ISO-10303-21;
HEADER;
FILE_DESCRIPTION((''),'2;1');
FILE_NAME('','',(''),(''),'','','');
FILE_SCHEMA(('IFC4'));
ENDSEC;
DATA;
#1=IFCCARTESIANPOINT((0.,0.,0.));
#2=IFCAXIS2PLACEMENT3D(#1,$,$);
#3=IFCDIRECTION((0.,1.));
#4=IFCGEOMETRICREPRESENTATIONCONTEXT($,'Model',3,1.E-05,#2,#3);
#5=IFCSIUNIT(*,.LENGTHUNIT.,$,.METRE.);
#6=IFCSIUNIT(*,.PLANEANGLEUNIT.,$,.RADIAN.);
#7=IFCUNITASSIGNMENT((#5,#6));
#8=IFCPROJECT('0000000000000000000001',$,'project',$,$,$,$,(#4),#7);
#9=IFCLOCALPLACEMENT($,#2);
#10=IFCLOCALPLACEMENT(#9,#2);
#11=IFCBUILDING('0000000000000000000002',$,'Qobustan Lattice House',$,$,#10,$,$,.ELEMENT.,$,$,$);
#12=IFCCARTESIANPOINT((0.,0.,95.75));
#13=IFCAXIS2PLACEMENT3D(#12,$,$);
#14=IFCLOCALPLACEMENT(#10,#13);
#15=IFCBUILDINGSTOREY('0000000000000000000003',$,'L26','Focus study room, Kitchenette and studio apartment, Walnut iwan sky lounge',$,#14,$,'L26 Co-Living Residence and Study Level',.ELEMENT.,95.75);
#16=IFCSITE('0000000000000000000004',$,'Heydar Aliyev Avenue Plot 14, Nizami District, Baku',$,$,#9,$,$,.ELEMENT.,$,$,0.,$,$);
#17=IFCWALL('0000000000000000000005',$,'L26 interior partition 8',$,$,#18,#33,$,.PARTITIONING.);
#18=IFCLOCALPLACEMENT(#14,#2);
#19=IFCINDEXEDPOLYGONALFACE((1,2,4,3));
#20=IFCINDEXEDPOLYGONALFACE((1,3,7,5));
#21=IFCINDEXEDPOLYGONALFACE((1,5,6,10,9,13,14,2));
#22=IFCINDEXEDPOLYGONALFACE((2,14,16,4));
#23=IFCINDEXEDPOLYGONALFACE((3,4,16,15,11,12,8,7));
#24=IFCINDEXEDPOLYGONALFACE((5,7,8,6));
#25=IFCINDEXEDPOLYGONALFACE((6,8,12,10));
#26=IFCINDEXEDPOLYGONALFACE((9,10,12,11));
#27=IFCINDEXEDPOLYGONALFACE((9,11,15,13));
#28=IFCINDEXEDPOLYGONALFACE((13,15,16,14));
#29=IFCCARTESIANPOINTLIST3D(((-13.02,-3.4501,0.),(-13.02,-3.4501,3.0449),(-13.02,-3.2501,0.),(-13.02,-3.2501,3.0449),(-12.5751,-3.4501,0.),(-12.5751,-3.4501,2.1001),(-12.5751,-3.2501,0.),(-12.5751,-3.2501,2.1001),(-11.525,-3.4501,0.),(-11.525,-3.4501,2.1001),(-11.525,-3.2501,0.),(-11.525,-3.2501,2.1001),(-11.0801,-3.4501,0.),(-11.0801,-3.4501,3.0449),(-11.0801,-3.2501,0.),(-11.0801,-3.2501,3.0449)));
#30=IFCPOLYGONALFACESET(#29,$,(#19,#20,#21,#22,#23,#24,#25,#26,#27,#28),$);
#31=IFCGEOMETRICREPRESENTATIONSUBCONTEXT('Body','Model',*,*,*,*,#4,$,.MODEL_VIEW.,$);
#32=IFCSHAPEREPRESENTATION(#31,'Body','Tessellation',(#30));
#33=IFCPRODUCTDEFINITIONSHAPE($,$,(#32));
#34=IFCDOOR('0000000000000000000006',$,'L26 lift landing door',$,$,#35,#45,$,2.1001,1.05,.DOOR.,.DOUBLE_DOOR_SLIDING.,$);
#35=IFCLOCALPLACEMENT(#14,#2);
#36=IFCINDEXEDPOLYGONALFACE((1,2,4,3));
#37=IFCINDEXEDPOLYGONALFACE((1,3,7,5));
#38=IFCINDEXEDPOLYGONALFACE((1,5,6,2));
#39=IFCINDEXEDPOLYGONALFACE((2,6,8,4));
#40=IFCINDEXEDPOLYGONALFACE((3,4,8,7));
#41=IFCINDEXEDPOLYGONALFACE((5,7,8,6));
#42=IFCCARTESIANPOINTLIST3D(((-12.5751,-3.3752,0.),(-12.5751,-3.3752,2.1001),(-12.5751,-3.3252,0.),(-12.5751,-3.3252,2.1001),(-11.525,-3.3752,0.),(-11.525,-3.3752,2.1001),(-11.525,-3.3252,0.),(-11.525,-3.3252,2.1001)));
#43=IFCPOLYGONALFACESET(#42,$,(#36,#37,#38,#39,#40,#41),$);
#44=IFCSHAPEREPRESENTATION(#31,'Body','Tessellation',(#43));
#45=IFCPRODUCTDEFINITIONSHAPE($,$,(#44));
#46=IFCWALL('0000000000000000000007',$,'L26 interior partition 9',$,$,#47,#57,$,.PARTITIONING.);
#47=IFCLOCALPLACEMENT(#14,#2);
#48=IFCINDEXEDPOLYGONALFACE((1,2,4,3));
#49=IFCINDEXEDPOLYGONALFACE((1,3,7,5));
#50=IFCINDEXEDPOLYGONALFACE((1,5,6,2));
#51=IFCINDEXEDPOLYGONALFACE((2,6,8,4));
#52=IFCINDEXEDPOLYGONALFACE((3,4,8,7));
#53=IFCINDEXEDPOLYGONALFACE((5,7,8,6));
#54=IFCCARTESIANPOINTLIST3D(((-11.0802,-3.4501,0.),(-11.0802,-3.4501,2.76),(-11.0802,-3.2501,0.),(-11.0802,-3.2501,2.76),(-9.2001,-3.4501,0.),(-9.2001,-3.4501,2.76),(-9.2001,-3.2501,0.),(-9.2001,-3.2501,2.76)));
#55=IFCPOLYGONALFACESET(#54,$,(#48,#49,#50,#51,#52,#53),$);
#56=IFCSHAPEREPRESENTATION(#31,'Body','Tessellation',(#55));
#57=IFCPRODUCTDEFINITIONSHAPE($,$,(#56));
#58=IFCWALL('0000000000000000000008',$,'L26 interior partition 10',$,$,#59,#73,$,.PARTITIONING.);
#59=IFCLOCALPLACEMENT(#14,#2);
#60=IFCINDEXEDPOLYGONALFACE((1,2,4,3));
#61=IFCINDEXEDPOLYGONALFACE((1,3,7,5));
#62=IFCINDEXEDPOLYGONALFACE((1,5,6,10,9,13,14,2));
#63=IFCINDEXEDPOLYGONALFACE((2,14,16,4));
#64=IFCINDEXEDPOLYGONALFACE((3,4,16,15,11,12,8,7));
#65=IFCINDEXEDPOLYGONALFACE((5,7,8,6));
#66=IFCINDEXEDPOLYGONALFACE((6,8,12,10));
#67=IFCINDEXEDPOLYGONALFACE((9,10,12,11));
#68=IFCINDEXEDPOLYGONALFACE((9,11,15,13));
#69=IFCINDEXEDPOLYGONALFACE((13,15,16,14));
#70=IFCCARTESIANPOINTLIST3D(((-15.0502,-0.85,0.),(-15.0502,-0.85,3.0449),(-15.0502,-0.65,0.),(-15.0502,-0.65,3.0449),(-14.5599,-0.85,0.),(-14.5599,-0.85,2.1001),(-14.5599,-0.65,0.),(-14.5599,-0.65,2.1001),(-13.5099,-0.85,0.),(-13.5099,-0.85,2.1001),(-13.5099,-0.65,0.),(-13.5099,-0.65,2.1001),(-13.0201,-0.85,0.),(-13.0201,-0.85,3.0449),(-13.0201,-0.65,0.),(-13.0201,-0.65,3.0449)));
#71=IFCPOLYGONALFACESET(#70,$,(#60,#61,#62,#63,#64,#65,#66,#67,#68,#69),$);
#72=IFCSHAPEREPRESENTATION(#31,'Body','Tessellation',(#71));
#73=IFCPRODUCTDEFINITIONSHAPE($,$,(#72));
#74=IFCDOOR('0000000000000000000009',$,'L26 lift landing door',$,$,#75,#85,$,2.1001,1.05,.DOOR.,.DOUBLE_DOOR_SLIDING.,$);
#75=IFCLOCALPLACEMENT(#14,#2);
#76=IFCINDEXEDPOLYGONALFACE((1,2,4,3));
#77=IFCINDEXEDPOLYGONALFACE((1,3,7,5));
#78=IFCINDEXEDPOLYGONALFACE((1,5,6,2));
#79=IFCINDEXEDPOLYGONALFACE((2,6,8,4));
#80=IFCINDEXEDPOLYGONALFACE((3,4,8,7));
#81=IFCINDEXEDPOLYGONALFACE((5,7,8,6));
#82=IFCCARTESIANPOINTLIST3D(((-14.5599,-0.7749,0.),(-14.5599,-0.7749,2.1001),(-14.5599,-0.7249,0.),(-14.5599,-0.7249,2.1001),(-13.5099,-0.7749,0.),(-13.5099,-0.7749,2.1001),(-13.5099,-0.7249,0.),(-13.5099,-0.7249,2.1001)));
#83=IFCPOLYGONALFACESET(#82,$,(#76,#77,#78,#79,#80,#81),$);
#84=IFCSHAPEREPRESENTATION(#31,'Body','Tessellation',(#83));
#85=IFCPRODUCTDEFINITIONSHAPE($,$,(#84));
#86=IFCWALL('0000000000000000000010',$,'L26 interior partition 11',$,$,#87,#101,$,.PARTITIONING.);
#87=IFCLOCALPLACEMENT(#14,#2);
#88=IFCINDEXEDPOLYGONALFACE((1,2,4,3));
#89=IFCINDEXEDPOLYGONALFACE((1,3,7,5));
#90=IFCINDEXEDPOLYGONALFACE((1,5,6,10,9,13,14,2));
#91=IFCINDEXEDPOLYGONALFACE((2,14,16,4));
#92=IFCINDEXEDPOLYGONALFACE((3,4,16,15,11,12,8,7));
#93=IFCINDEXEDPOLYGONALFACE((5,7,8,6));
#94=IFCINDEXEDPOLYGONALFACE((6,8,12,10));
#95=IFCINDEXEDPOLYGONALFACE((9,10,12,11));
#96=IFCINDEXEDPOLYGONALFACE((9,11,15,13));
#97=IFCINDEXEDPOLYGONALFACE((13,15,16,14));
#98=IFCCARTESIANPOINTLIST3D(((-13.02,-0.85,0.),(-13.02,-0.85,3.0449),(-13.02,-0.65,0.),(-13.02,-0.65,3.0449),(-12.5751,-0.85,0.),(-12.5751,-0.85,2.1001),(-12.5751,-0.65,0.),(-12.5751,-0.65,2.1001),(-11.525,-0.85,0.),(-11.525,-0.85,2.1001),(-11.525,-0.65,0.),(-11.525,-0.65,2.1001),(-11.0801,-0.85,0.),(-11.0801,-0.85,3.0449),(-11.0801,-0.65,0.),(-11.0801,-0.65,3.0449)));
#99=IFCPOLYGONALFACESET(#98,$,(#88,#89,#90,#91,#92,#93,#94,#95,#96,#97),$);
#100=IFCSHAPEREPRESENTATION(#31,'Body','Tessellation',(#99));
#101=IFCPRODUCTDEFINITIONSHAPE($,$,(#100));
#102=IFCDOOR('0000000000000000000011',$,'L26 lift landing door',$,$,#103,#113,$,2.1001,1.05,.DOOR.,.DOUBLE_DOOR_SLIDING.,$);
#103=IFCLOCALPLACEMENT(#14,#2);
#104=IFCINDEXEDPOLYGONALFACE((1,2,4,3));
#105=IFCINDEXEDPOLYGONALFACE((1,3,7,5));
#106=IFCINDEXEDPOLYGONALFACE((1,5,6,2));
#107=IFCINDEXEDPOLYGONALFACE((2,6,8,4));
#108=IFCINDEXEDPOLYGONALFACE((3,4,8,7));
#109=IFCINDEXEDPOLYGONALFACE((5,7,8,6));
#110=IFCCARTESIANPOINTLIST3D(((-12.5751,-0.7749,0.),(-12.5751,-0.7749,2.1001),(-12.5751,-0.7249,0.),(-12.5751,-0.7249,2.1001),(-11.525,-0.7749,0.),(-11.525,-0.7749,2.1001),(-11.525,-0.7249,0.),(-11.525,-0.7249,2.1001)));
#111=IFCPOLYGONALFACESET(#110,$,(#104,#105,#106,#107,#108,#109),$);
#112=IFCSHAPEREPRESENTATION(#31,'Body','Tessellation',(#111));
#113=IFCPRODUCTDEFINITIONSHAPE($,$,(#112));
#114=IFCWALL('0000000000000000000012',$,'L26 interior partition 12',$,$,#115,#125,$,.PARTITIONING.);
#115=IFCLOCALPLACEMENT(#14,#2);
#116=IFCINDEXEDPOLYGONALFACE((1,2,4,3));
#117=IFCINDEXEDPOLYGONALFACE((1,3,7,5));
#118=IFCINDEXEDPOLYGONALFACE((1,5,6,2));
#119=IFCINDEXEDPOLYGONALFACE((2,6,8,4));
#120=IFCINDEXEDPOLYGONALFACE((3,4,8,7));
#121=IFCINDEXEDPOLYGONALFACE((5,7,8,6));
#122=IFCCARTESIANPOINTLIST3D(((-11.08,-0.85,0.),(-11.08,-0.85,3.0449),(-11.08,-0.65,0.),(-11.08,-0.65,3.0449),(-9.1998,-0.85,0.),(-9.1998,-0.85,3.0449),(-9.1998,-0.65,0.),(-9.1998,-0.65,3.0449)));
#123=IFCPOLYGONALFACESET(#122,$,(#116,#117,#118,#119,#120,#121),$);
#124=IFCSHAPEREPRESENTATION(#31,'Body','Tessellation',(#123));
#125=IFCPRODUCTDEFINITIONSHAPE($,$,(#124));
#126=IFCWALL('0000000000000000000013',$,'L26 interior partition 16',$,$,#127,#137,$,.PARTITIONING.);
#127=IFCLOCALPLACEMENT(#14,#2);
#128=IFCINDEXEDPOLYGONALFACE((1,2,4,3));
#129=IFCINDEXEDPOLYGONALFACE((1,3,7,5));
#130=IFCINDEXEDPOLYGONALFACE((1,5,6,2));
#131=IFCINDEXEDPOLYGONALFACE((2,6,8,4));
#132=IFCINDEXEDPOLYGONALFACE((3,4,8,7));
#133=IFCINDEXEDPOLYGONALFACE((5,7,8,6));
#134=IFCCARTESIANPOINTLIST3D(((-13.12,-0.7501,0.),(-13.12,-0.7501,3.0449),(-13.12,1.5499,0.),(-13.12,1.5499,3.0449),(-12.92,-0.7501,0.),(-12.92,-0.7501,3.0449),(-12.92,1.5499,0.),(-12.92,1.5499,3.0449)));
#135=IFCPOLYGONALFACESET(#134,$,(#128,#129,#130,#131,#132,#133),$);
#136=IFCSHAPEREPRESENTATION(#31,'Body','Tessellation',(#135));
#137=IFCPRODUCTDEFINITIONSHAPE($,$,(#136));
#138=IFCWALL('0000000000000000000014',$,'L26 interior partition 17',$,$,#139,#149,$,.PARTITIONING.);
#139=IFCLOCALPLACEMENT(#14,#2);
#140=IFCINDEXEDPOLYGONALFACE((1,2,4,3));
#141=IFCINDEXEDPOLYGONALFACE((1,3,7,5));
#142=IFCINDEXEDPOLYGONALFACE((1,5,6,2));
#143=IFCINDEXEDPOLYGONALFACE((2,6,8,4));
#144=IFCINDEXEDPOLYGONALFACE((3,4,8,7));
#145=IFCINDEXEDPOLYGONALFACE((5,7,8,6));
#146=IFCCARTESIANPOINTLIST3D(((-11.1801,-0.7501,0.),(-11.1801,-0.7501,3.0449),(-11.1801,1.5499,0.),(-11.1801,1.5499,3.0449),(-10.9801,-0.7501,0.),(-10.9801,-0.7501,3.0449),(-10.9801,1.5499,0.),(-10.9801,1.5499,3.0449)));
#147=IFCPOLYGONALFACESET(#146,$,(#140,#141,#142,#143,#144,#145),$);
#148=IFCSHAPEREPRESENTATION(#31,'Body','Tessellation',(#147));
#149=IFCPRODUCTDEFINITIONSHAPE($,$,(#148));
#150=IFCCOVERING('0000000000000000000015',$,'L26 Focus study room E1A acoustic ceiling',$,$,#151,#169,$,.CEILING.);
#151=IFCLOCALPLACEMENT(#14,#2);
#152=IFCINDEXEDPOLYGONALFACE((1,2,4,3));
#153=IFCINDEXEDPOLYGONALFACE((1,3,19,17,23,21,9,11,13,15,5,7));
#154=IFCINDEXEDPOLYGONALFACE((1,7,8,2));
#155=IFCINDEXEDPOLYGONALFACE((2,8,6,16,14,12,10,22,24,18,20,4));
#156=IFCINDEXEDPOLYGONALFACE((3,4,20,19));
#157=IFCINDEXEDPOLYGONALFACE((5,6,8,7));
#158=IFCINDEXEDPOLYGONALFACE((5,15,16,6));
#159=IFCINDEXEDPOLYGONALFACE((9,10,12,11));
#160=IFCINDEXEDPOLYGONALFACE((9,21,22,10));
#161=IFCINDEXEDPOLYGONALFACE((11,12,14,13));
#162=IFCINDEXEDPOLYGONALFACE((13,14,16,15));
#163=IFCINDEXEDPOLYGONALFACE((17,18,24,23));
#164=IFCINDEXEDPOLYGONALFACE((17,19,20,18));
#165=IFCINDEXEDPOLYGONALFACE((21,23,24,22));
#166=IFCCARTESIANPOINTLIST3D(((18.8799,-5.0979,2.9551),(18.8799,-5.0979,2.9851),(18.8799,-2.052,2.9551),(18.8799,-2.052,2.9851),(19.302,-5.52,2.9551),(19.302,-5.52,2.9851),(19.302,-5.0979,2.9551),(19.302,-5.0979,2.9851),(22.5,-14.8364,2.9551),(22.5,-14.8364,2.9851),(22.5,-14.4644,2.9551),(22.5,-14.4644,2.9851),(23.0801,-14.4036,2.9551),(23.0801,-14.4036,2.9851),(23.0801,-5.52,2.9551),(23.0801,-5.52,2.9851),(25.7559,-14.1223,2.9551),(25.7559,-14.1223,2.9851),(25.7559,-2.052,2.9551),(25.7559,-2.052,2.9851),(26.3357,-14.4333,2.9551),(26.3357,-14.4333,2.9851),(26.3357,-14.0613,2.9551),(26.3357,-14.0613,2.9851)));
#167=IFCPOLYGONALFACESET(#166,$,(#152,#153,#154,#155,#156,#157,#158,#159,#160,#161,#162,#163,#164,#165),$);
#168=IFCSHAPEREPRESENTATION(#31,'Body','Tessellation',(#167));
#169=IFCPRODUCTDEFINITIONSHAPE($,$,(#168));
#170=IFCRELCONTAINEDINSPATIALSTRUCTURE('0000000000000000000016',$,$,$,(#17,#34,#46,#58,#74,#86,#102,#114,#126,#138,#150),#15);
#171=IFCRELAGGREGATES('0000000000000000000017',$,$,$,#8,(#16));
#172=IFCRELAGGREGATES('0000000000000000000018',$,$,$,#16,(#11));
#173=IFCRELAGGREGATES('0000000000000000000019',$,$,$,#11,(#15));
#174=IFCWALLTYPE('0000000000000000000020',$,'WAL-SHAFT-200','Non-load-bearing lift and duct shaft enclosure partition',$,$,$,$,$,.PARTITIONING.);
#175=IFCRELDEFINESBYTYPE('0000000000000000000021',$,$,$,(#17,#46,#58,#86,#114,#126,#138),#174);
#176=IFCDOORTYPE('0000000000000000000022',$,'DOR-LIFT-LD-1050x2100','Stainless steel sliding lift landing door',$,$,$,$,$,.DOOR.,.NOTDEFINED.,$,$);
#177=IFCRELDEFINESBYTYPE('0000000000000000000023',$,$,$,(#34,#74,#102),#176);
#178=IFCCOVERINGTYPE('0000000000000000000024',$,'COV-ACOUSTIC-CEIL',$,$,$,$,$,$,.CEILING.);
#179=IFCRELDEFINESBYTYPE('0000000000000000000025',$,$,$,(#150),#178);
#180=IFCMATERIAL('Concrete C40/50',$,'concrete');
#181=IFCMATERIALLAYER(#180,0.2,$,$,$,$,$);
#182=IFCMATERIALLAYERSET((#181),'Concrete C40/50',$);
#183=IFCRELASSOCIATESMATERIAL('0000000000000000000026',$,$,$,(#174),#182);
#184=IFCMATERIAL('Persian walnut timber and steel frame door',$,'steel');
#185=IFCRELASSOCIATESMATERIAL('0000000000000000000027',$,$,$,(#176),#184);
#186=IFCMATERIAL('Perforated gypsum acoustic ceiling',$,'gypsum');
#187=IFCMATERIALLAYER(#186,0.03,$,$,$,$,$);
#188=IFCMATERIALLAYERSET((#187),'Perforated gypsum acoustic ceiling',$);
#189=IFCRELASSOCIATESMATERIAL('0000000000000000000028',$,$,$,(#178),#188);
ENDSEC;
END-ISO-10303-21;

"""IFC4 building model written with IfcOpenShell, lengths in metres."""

from ifc_helpers import new_model, si_unit, direction, frame, frame_2d, origin, place, context, subcontext, project, spatial, polyline, rectangle, outline, extrude, material, layer, layer_set, type_object, element, fill, save


model = new_model("IFC4")

# Units and contexts
model_context = context("Model", 3, precision=1e-05, world=origin(), true_north=direction((0.0, 1.0)))
body_context = subcontext(model_context, "Body", "Model", "MODEL_VIEW")
ifc_project = project(units=[si_unit("LENGTHUNIT", "METRE"), si_unit("PLANEANGLEUNIT", "RADIAN")], contexts=[model_context])

# Site, building, storey
site_placement = place(None, origin())
site = spatial("IfcSite", under=ifc_project, at=site_placement, Name="Heydar Aliyev Avenue Plot 14, Nizami District, Baku", CompositionType="ELEMENT", RefElevation=0.0)
building_placement = place(site_placement, origin())
building = spatial("IfcBuilding", under=site, at=building_placement, Name="Qobustan Lattice House", CompositionType="ELEMENT")
storey_placement = place(building_placement, frame((0.0, 0.0, 95.75)))
storey = spatial("IfcBuildingStorey", under=building, at=storey_placement, Name="L26", Description="Focus study room, Kitchenette and studio apartment, Walnut iwan sky lounge", LongName="L26 Co-Living Residence and Study Level", CompositionType="ELEMENT", Elevation=95.75)

# Wall, opening, door
ifc_material_1 = material(Name="Concrete C40/50", Category="concrete")
ifc_layer_1 = layer(ifc_material_1, 0.2)
ifc_layer_set_1 = layer_set([ifc_layer_1], Name="Concrete C40/50")
wall_type_1 = type_object("IfcWallType", Name="WAL-SHAFT-200", Description="Non-load-bearing lift and duct shaft enclosure partition", PredefinedType="PARTITIONING", material=ifc_layer_set_1)
wall_1_placement = place(storey_placement, frame((-13.02, -3.3501, 0.0), z_axis=(0.0, 0.0, 1.0), x_axis=(1.0, 0.0, 0.0)))
wall_1 = element("IfcWall", 1, at=wall_1_placement, inside=storey, type_object=wall_type_1, Name="L26 interior partition 8", PredefinedType="PARTITIONING", context=body_context, shape_type="SweptSolid", body=[
    extrude(rectangle(XDim=1.9399, YDim=0.2, at=frame_2d((0.97, 0.0))), origin(), (0.0, 0.0, 1.0), 3.0449),
])
opening_1_placement = place(wall_1_placement, frame((0.4451, 0.0, 0.0)))
opening_1 = element("IfcOpeningElement", 2, at=opening_1_placement, cuts=wall_1, PredefinedType="OPENING", context=body_context, shape_type="SweptSolid", body=[
    extrude(rectangle(XDim=1.05, YDim=2.1001, at=frame_2d((0.5249, 1.05))), frame((0.0, 0.1099, 0.0), z_axis=(0.0, -1.0, 0.0), x_axis=(1.0, 0.0, 0.0)), (0.0, 0.0, 1.0), 0.22),
])
ifc_material_2 = material(Name="Persian walnut timber and steel frame door", Category="steel")
door_type_1 = type_object("IfcDoorType", Name="DOR-LIFT-LD-1050x2100", Description="Stainless steel sliding lift landing door", OperationType="NOTDEFINED", PredefinedType="DOOR", material=ifc_material_2)
door_1_placement = place(opening_1_placement, origin())
door_1 = element("IfcDoor", 3, at=door_1_placement, inside=storey, type_object=door_type_1, Name="L26 lift landing door", OperationType="DOUBLE_DOOR_SLIDING", OverallHeight=2.1001, OverallWidth=1.05, PredefinedType="DOOR", context=body_context, shape_type="SweptSolid", body=[
    extrude(rectangle(XDim=1.05, YDim=2.1001, at=frame_2d((0.5249, 1.05))), frame((0.0, 0.0249, 0.0), z_axis=(0.0, -1.0, 0.0), x_axis=(1.0, 0.0, 0.0)), (0.0, 0.0, 1.0), 0.05),
])
fill(opening_1, door_1)

# Wall
wall_2_placement = place(storey_placement, frame((-11.0801, -3.3501, 0.0), z_axis=(0.0, 0.0, 1.0), x_axis=(1.0, 0.0, 0.0)))
element("IfcWall", 4, at=wall_2_placement, inside=storey, type_object=wall_type_1, Name="L26 interior partition 9", PredefinedType="PARTITIONING", context=body_context, shape_type="SweptSolid", body=[
    extrude(rectangle(XDim=1.8801, YDim=0.2, at=frame_2d((0.9399, 0.0))), origin(), (0.0, 0.0, 1.0), 2.76),
])

# Walls, openings, doors
wall_3_placement = place(storey_placement, frame((-13.02, -0.75, 0.0), z_axis=(0.0, 0.0, 1.0), x_axis=(-1.0, 0.0, 0.0)))
wall_3 = element("IfcWall", 5, at=wall_3_placement, inside=storey, type_object=wall_type_1, Name="L26 interior partition 10", PredefinedType="PARTITIONING", context=body_context, shape_type="SweptSolid", body=[
    extrude(rectangle(XDim=2.03, YDim=0.2, at=frame_2d((1.0151, 0.0))), origin(), (0.0, 0.0, 1.0), 3.0449),
])
opening_2_placement = place(wall_3_placement, frame((0.49, 0.0, 0.0)))
opening_2 = element("IfcOpeningElement", 6, at=opening_2_placement, cuts=wall_3, PredefinedType="OPENING", context=body_context, shape_type="SweptSolid", body=[
    extrude(rectangle(XDim=1.05, YDim=2.1001, at=frame_2d((0.5249, 1.05))), frame((0.0, 0.1099, 0.0), z_axis=(0.0, -1.0, 0.0), x_axis=(1.0, 0.0, 0.0)), (0.0, 0.0, 1.0), 0.22),
])
door_2_placement = place(opening_2_placement, origin())
door_2 = element("IfcDoor", 7, at=door_2_placement, inside=storey, type_object=door_type_1, Name="L26 lift landing door", OperationType="DOUBLE_DOOR_SLIDING", OverallHeight=2.1001, OverallWidth=1.05, PredefinedType="DOOR", context=body_context, shape_type="SweptSolid", body=[
    extrude(rectangle(XDim=1.05, YDim=2.1001, at=frame_2d((0.5249, 1.05))), frame((0.0, 0.0249, 0.0), z_axis=(0.0, -1.0, 0.0), x_axis=(1.0, 0.0, 0.0)), (0.0, 0.0, 1.0), 0.05),
])
fill(opening_2, door_2)
wall_4_placement = place(storey_placement, frame((-11.0801, -0.75, 0.0), z_axis=(0.0, 0.0, 1.0), x_axis=(-1.0, 0.0, 0.0)))
wall_4 = element("IfcWall", 8, at=wall_4_placement, inside=storey, type_object=wall_type_1, Name="L26 interior partition 11", PredefinedType="PARTITIONING", context=body_context, shape_type="SweptSolid", body=[
    extrude(rectangle(XDim=1.9399, YDim=0.2, at=frame_2d((0.97, 0.0))), origin(), (0.0, 0.0, 1.0), 3.0449),
])
opening_3_placement = place(wall_4_placement, frame((0.4451, 0.0, 0.0)))
opening_3 = element("IfcOpeningElement", 9, at=opening_3_placement, cuts=wall_4, PredefinedType="OPENING", context=body_context, shape_type="SweptSolid", body=[
    extrude(rectangle(XDim=1.05, YDim=2.1001, at=frame_2d((0.5249, 1.05))), frame((0.0, 0.1099, 0.0), z_axis=(0.0, -1.0, 0.0), x_axis=(1.0, 0.0, 0.0)), (0.0, 0.0, 1.0), 0.22),
])
door_3_placement = place(opening_3_placement, origin())
door_3 = element("IfcDoor", 10, at=door_3_placement, inside=storey, type_object=door_type_1, Name="L26 lift landing door", OperationType="DOUBLE_DOOR_SLIDING", OverallHeight=2.1001, OverallWidth=1.05, PredefinedType="DOOR", context=body_context, shape_type="SweptSolid", body=[
    extrude(rectangle(XDim=1.05, YDim=2.1001, at=frame_2d((0.5249, 1.05))), frame((0.0, 0.0249, 0.0), z_axis=(0.0, -1.0, 0.0), x_axis=(1.0, 0.0, 0.0)), (0.0, 0.0, 1.0), 0.05),
])
fill(opening_3, door_3)

# Walls
wall_5_placement = place(storey_placement, frame((-9.2, -0.75, 0.0), z_axis=(0.0, 0.0, 1.0), x_axis=(-1.0, 0.0, 0.0)))
element("IfcWall", 11, at=wall_5_placement, inside=storey, type_object=wall_type_1, Name="L26 interior partition 12", PredefinedType="PARTITIONING", context=body_context, shape_type="SweptSolid", body=[
    extrude(rectangle(XDim=1.8801, YDim=0.2, at=frame_2d((0.9399, 0.0))), origin(), (0.0, 0.0, 1.0), 3.0449),
])
for number, where, z_axis, x_axis, name in (
    (12, (-13.02, -0.75, 0.0), (0.0, 0.0, 1.0), (0.0, 1.0, 0.0), "L26 interior partition 16"),
    (13, (-11.0801, -0.75, 0.0), (0.0, 0.0, 1.0), (0.0, 1.0, 0.0), "L26 interior partition 17"),
):
    element("IfcWall", number, at=place(storey_placement, frame(where, z_axis=z_axis, x_axis=x_axis)), inside=storey, type_object=wall_type_1, Name=name, PredefinedType="PARTITIONING", context=body_context, shape_type="SweptSolid", body=[
        extrude(rectangle(XDim=2.3, YDim=0.2, at=frame_2d((1.1499, 0.0))), origin(), (0.0, 0.0, 1.0), 3.0449),
    ])

# Covering
ifc_material_3 = material(Name="Perforated gypsum acoustic ceiling", Category="gypsum")
ifc_layer_2 = layer(ifc_material_3, 0.03)
ifc_layer_set_2 = layer_set([ifc_layer_2], Name="Perforated gypsum acoustic ceiling")
covering_type_1 = type_object("IfcCoveringType", Name="COV-ACOUSTIC-CEIL", PredefinedType="CEILING", material=ifc_layer_set_2)
covering_1_placement = place(storey_placement, frame((0.0, 0.0, 2.9551)))
element("IfcCovering", 14, at=covering_1_placement, inside=storey, type_object=covering_type_1, Name="L26 Focus study room E1A acoustic ceiling", PredefinedType="CEILING", context=body_context, shape_type="SweptSolid", body=[
    extrude(outline(polyline([(26.3357, -14.4333), (26.3357, -14.0613), (25.7559, -14.1223), (25.7559, -2.052), (18.8799, -2.052), (18.8799, -5.0979), (19.302, -5.0979), (19.302, -5.52), (23.0801, -5.52), (23.0801, -14.4036), (22.5, -14.4644), (22.5, -14.8364), (26.3357, -14.4333)])), origin(), (0.0, 0.0, 1.0), 0.03),
])

save(model, "model.ifc")
